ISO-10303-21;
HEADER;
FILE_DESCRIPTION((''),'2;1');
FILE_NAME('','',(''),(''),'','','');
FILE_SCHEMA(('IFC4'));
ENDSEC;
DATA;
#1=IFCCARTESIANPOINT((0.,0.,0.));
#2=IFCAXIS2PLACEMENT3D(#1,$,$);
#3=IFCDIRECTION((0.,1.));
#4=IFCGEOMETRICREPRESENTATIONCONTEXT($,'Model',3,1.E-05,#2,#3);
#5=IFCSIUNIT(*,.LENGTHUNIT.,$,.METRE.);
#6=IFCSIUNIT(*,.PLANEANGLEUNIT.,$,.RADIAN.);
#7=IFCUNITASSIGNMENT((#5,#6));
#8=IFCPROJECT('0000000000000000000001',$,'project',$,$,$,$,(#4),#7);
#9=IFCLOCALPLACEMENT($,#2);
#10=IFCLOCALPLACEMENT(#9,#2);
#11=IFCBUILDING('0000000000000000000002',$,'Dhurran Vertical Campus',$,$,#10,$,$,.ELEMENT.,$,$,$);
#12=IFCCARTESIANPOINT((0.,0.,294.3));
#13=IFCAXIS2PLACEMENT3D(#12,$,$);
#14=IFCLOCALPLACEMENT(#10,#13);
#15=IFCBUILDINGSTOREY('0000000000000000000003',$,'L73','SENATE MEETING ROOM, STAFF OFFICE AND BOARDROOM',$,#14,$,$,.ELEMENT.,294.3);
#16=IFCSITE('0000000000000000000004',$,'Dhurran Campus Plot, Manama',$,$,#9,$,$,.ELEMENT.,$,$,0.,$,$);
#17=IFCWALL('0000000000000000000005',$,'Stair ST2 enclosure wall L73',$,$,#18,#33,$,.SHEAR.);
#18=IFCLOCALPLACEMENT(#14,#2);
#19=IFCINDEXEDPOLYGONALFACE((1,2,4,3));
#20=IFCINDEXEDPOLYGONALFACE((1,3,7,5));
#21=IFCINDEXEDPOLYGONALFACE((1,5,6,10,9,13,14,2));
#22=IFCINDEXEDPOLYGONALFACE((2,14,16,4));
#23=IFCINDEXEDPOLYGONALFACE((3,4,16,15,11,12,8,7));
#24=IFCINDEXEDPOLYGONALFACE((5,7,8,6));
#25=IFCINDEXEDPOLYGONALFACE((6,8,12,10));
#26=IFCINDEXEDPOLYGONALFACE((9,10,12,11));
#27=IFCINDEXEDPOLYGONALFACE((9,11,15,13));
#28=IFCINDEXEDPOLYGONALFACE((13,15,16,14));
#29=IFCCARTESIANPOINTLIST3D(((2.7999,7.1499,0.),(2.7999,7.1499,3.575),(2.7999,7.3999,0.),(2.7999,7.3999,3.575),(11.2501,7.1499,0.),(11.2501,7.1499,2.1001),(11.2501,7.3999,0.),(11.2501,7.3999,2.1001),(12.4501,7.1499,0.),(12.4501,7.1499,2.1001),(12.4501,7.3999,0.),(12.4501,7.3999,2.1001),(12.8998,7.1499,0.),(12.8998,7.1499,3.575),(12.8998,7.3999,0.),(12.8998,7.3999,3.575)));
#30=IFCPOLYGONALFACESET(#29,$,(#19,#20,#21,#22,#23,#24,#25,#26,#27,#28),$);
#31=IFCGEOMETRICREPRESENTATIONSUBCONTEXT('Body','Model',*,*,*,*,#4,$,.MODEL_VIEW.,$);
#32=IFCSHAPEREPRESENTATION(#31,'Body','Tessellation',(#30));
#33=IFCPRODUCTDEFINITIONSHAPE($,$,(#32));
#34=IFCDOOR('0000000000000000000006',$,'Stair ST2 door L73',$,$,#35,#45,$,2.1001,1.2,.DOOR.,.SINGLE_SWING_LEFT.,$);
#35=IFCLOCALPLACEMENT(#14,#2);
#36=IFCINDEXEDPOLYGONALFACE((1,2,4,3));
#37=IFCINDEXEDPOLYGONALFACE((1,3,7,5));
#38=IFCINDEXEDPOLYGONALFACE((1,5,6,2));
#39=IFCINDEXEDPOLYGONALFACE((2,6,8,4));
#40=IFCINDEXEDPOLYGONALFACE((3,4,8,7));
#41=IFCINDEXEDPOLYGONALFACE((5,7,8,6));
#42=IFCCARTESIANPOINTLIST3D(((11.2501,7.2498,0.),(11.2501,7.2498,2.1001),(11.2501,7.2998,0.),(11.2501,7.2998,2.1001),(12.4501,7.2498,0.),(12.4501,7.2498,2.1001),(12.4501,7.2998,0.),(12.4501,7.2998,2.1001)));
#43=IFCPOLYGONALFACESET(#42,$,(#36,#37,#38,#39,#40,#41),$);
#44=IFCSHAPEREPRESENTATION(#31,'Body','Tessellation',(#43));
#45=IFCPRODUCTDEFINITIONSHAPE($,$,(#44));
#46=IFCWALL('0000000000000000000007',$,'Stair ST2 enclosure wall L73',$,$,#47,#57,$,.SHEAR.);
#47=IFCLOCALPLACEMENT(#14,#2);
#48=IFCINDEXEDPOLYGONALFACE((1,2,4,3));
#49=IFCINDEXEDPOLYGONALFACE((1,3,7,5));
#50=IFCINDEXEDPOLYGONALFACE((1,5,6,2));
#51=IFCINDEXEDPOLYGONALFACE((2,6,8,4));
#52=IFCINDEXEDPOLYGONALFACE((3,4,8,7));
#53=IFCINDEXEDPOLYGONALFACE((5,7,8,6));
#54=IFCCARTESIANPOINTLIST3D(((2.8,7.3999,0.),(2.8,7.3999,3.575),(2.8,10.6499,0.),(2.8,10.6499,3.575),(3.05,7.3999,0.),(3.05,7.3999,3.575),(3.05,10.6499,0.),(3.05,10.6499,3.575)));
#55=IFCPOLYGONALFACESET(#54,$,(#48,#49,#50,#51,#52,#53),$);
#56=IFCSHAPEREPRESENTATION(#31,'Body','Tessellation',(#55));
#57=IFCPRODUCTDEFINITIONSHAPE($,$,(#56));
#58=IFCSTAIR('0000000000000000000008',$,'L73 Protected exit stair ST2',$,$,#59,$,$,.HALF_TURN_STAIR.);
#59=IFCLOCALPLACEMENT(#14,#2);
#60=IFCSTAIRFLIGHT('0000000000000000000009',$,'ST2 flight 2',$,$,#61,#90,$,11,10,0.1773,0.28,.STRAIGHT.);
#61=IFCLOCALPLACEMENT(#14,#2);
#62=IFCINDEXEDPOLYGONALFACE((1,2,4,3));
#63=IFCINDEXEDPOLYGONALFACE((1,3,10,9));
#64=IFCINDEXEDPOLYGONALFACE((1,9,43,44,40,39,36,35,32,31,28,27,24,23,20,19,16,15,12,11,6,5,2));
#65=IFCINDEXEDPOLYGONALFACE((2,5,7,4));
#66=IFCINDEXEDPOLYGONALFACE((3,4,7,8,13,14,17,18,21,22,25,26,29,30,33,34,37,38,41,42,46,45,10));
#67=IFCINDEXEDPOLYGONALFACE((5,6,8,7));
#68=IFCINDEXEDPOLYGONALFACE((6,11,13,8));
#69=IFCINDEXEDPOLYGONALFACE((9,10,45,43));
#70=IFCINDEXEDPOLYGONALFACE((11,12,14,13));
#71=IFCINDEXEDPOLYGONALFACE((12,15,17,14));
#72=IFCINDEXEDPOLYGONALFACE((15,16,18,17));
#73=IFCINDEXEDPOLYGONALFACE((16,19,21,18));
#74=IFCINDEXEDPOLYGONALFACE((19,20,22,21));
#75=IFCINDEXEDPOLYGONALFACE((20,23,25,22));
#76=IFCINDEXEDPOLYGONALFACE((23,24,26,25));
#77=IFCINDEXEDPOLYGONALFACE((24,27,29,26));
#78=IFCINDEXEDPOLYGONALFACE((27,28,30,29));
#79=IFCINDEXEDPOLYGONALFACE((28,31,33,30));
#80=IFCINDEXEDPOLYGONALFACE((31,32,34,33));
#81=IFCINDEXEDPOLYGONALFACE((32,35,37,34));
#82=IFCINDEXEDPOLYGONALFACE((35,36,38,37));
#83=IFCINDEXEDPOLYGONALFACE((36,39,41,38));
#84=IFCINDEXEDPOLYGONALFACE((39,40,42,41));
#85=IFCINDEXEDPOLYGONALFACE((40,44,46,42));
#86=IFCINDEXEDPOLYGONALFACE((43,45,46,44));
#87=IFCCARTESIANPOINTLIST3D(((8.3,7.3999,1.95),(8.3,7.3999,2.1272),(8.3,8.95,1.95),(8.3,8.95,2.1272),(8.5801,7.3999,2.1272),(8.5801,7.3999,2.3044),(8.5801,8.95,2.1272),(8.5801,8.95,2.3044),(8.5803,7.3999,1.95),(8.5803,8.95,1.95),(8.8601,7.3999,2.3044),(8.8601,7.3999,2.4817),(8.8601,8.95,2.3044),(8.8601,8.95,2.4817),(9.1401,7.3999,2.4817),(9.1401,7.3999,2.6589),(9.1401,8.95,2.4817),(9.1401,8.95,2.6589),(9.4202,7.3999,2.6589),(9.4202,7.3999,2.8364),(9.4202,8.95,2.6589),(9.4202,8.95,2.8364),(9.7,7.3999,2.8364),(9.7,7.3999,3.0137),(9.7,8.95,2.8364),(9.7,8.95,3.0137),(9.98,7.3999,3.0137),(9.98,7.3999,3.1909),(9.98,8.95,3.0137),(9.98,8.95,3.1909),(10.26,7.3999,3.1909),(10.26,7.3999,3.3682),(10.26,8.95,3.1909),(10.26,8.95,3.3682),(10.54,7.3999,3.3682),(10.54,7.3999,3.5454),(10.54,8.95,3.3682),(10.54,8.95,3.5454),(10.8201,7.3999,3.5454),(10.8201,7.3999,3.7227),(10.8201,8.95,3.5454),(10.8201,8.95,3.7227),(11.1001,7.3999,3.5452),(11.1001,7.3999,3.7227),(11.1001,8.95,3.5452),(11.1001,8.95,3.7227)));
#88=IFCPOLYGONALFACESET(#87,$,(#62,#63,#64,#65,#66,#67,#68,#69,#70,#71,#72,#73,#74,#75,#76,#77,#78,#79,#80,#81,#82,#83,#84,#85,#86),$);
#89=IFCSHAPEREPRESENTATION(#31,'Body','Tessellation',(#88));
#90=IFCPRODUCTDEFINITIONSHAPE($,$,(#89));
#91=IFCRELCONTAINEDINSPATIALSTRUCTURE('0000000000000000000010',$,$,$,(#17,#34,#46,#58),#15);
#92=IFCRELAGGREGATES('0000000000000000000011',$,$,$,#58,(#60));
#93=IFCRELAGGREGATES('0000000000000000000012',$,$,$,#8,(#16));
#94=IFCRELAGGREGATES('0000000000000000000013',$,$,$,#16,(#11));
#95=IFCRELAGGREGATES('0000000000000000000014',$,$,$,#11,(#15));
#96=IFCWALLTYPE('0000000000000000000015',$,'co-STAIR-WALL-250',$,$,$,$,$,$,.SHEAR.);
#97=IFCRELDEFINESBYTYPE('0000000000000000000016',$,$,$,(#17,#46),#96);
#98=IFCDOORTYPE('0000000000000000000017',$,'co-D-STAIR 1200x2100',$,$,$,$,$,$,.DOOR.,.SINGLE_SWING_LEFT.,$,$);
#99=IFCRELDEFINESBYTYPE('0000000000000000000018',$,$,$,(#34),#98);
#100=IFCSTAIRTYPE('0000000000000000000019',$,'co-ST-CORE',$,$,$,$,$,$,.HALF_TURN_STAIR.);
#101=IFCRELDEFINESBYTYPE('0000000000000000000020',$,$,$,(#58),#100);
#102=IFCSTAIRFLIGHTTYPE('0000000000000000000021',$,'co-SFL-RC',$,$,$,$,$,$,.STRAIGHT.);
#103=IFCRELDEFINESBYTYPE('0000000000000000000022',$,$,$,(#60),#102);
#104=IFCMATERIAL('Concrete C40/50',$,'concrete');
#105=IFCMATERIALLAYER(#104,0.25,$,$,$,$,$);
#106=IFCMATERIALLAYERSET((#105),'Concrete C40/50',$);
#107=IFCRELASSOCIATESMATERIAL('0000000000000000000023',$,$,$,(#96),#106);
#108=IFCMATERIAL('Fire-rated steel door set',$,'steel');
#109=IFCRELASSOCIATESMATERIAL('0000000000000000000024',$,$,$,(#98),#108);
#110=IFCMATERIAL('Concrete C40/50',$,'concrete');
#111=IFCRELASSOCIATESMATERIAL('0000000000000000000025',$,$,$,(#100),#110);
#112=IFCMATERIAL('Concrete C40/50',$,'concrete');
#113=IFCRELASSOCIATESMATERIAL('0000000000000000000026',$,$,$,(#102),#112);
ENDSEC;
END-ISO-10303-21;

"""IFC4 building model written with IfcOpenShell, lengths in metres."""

from ifc_helpers import new_model, si_unit, direction, frame, frame_2d, origin, place, context, subcontext, project, spatial, polyline, rectangle, outline, extrude, material, layer, layer_set, type_object, element, fill, aggregate, save


model = new_model("IFC4")

# Units and contexts
model_context = context("Model", 3, precision=1e-05, world=origin(), true_north=direction((0.0, 1.0)))
body_context = subcontext(model_context, "Body", "Model", "MODEL_VIEW")
ifc_project = project(units=[si_unit("LENGTHUNIT", "METRE"), si_unit("PLANEANGLEUNIT", "RADIAN")], contexts=[model_context])

# Site, building, storey
site_placement = place(None, origin())
site = spatial("IfcSite", under=ifc_project, at=site_placement, Name="Dhurran Campus Plot, Manama", CompositionType="ELEMENT", RefElevation=0.0)
building_placement = place(site_placement, origin())
building = spatial("IfcBuilding", under=site, at=building_placement, Name="Dhurran Vertical Campus", CompositionType="ELEMENT")
storey_placement = place(building_placement, frame((0.0, 0.0, 294.3)))
storey = spatial("IfcBuildingStorey", under=building, at=storey_placement, Name="L73", Description="SENATE MEETING ROOM, STAFF OFFICE AND BOARDROOM", CompositionType="ELEMENT", Elevation=294.3)

# Wall, opening, door
ifc_material_1 = material(Name="Concrete C40/50", Category="concrete")
ifc_layer_1 = layer(ifc_material_1, 0.25)
ifc_layer_set_1 = layer_set([ifc_layer_1], Name="Concrete C40/50")
wall_type_1 = type_object("IfcWallType", Name="co-STAIR-WALL-250", PredefinedType="SHEAR", material=ifc_layer_set_1)
wall_1_placement = place(storey_placement, frame((2.8, 7.2749, 0.0), z_axis=(0.0, 0.0, 1.0), x_axis=(1.0, 0.0, 0.0)))
wall_1 = element("IfcWall", 1, at=wall_1_placement, inside=storey, type_object=wall_type_1, Name="Stair ST2 enclosure wall L73", PredefinedType="SHEAR", context=body_context, shape_type="SweptSolid", body=[
    extrude(rectangle(XDim=10.0999, YDim=0.25, at=frame_2d((5.0498, 0.0))), origin(), (0.0, 0.0, 1.0), 3.575),
])
opening_1_placement = place(wall_1_placement, frame((8.45, 0.0, 0.0)))
opening_1 = element("IfcOpeningElement", 2, at=opening_1_placement, cuts=wall_1, PredefinedType="OPENING", context=body_context, shape_type="SweptSolid", body=[
    extrude(rectangle(XDim=1.2, YDim=2.1001, at=frame_2d((0.6001, 1.05))), frame((0.0, 0.135, 0.0), z_axis=(0.0, -1.0, 0.0), x_axis=(1.0, 0.0, 0.0)), (0.0, 0.0, 1.0), 0.27),
])
ifc_material_2 = material(Name="Fire-rated steel door set", Category="steel")
door_type = type_object("IfcDoorType", Name="co-D-STAIR 1200x2100", OperationType="SINGLE_SWING_LEFT", PredefinedType="DOOR", material=ifc_material_2)
door_placement = place(opening_1_placement, origin())
door = element("IfcDoor", 3, at=door_placement, inside=storey, type_object=door_type, Name="Stair ST2 door L73", OperationType="SINGLE_SWING_LEFT", OverallHeight=2.1001, OverallWidth=1.2, PredefinedType="DOOR", context=body_context, shape_type="SweptSolid", body=[
    extrude(rectangle(XDim=1.2, YDim=2.1001, at=frame_2d((0.6001, 1.05))), frame((0.0, 0.0249, 0.0), z_axis=(0.0, -1.0, 0.0), x_axis=(1.0, 0.0, 0.0)), (0.0, 0.0, 1.0), 0.05),
])
fill(opening_1, door)

# Wall
wall_2_placement = place(storey_placement, frame((2.925, 7.3999, 0.0), z_axis=(0.0, 0.0, 1.0), x_axis=(0.0, 1.0, 0.0)))
element("IfcWall", 4, at=wall_2_placement, inside=storey, type_object=wall_type_1, Name="Stair ST2 enclosure wall L73", PredefinedType="SHEAR", context=body_context, shape_type="SweptSolid", body=[
    extrude(rectangle(XDim=3.25, YDim=0.25, at=frame_2d((1.625, 0.0))), origin(), (0.0, 0.0, 1.0), 3.575),
])

# Stair, stair flight
ifc_material_3 = material(Name="Concrete C40/50", Category="concrete")
stair_type = type_object("IfcStairType", Name="co-ST-CORE", PredefinedType="HALF_TURN_STAIR", material=ifc_material_3)
stair_placement = place(storey_placement, origin())
stair = element("IfcStair", 5, at=stair_placement, inside=storey, type_object=stair_type, Name="L73 Protected exit stair ST2", PredefinedType="HALF_TURN_STAIR")
ifc_material_4 = material(Name="Concrete C40/50", Category="concrete")
stair_flight_type = type_object("IfcStairFlightType", Name="co-SFL-RC", PredefinedType="STRAIGHT", material=ifc_material_4)
stair_flight_placement = place(storey_placement, frame((8.3, 8.175, 1.95), z_axis=(0.0, 0.0, 1.0), x_axis=(1.0, 0.0, 0.0)))
stair_flight = element("IfcStairFlight", 6, at=stair_flight_placement, type_object=stair_flight_type, Name="ST2 flight 2", NumberOfRisers=11, NumberOfTreads=10, PredefinedType="STRAIGHT", RiserHeight=0.1773, TreadLength=0.28, context=body_context, shape_type="SweptSolid", body=[
    extrude(outline(polyline([(0.0, 0.0), (0.0, 0.1772), (0.28, 0.1772), (0.28, 0.3545), (0.5601, 0.3545), (0.5601, 0.5317), (0.8401, 0.5317), (0.8401, 0.709), (1.1201, 0.709), (1.1201, 0.8865), (1.3999, 0.8865), (1.3999, 1.0637), (1.6799, 1.0637), (1.6799, 1.241), (1.96, 1.241), (1.96, 1.4182), (2.24, 1.4182), (2.24, 1.5955), (2.52, 1.5955), (2.52, 1.7727), (2.8, 1.7727), (2.8, 1.95), (2.8, 1.5952), (0.2803, 0.0), (0.0, 0.0)])), frame((0.0, 0.7749, 0.0), z_axis=(0.0, -1.0, 0.0), x_axis=(1.0, 0.0, 0.0)), (0.0, 0.0, 1.0), 1.55),
])
aggregate(stair, [stair_flight])

save(model, "model.ifc")
